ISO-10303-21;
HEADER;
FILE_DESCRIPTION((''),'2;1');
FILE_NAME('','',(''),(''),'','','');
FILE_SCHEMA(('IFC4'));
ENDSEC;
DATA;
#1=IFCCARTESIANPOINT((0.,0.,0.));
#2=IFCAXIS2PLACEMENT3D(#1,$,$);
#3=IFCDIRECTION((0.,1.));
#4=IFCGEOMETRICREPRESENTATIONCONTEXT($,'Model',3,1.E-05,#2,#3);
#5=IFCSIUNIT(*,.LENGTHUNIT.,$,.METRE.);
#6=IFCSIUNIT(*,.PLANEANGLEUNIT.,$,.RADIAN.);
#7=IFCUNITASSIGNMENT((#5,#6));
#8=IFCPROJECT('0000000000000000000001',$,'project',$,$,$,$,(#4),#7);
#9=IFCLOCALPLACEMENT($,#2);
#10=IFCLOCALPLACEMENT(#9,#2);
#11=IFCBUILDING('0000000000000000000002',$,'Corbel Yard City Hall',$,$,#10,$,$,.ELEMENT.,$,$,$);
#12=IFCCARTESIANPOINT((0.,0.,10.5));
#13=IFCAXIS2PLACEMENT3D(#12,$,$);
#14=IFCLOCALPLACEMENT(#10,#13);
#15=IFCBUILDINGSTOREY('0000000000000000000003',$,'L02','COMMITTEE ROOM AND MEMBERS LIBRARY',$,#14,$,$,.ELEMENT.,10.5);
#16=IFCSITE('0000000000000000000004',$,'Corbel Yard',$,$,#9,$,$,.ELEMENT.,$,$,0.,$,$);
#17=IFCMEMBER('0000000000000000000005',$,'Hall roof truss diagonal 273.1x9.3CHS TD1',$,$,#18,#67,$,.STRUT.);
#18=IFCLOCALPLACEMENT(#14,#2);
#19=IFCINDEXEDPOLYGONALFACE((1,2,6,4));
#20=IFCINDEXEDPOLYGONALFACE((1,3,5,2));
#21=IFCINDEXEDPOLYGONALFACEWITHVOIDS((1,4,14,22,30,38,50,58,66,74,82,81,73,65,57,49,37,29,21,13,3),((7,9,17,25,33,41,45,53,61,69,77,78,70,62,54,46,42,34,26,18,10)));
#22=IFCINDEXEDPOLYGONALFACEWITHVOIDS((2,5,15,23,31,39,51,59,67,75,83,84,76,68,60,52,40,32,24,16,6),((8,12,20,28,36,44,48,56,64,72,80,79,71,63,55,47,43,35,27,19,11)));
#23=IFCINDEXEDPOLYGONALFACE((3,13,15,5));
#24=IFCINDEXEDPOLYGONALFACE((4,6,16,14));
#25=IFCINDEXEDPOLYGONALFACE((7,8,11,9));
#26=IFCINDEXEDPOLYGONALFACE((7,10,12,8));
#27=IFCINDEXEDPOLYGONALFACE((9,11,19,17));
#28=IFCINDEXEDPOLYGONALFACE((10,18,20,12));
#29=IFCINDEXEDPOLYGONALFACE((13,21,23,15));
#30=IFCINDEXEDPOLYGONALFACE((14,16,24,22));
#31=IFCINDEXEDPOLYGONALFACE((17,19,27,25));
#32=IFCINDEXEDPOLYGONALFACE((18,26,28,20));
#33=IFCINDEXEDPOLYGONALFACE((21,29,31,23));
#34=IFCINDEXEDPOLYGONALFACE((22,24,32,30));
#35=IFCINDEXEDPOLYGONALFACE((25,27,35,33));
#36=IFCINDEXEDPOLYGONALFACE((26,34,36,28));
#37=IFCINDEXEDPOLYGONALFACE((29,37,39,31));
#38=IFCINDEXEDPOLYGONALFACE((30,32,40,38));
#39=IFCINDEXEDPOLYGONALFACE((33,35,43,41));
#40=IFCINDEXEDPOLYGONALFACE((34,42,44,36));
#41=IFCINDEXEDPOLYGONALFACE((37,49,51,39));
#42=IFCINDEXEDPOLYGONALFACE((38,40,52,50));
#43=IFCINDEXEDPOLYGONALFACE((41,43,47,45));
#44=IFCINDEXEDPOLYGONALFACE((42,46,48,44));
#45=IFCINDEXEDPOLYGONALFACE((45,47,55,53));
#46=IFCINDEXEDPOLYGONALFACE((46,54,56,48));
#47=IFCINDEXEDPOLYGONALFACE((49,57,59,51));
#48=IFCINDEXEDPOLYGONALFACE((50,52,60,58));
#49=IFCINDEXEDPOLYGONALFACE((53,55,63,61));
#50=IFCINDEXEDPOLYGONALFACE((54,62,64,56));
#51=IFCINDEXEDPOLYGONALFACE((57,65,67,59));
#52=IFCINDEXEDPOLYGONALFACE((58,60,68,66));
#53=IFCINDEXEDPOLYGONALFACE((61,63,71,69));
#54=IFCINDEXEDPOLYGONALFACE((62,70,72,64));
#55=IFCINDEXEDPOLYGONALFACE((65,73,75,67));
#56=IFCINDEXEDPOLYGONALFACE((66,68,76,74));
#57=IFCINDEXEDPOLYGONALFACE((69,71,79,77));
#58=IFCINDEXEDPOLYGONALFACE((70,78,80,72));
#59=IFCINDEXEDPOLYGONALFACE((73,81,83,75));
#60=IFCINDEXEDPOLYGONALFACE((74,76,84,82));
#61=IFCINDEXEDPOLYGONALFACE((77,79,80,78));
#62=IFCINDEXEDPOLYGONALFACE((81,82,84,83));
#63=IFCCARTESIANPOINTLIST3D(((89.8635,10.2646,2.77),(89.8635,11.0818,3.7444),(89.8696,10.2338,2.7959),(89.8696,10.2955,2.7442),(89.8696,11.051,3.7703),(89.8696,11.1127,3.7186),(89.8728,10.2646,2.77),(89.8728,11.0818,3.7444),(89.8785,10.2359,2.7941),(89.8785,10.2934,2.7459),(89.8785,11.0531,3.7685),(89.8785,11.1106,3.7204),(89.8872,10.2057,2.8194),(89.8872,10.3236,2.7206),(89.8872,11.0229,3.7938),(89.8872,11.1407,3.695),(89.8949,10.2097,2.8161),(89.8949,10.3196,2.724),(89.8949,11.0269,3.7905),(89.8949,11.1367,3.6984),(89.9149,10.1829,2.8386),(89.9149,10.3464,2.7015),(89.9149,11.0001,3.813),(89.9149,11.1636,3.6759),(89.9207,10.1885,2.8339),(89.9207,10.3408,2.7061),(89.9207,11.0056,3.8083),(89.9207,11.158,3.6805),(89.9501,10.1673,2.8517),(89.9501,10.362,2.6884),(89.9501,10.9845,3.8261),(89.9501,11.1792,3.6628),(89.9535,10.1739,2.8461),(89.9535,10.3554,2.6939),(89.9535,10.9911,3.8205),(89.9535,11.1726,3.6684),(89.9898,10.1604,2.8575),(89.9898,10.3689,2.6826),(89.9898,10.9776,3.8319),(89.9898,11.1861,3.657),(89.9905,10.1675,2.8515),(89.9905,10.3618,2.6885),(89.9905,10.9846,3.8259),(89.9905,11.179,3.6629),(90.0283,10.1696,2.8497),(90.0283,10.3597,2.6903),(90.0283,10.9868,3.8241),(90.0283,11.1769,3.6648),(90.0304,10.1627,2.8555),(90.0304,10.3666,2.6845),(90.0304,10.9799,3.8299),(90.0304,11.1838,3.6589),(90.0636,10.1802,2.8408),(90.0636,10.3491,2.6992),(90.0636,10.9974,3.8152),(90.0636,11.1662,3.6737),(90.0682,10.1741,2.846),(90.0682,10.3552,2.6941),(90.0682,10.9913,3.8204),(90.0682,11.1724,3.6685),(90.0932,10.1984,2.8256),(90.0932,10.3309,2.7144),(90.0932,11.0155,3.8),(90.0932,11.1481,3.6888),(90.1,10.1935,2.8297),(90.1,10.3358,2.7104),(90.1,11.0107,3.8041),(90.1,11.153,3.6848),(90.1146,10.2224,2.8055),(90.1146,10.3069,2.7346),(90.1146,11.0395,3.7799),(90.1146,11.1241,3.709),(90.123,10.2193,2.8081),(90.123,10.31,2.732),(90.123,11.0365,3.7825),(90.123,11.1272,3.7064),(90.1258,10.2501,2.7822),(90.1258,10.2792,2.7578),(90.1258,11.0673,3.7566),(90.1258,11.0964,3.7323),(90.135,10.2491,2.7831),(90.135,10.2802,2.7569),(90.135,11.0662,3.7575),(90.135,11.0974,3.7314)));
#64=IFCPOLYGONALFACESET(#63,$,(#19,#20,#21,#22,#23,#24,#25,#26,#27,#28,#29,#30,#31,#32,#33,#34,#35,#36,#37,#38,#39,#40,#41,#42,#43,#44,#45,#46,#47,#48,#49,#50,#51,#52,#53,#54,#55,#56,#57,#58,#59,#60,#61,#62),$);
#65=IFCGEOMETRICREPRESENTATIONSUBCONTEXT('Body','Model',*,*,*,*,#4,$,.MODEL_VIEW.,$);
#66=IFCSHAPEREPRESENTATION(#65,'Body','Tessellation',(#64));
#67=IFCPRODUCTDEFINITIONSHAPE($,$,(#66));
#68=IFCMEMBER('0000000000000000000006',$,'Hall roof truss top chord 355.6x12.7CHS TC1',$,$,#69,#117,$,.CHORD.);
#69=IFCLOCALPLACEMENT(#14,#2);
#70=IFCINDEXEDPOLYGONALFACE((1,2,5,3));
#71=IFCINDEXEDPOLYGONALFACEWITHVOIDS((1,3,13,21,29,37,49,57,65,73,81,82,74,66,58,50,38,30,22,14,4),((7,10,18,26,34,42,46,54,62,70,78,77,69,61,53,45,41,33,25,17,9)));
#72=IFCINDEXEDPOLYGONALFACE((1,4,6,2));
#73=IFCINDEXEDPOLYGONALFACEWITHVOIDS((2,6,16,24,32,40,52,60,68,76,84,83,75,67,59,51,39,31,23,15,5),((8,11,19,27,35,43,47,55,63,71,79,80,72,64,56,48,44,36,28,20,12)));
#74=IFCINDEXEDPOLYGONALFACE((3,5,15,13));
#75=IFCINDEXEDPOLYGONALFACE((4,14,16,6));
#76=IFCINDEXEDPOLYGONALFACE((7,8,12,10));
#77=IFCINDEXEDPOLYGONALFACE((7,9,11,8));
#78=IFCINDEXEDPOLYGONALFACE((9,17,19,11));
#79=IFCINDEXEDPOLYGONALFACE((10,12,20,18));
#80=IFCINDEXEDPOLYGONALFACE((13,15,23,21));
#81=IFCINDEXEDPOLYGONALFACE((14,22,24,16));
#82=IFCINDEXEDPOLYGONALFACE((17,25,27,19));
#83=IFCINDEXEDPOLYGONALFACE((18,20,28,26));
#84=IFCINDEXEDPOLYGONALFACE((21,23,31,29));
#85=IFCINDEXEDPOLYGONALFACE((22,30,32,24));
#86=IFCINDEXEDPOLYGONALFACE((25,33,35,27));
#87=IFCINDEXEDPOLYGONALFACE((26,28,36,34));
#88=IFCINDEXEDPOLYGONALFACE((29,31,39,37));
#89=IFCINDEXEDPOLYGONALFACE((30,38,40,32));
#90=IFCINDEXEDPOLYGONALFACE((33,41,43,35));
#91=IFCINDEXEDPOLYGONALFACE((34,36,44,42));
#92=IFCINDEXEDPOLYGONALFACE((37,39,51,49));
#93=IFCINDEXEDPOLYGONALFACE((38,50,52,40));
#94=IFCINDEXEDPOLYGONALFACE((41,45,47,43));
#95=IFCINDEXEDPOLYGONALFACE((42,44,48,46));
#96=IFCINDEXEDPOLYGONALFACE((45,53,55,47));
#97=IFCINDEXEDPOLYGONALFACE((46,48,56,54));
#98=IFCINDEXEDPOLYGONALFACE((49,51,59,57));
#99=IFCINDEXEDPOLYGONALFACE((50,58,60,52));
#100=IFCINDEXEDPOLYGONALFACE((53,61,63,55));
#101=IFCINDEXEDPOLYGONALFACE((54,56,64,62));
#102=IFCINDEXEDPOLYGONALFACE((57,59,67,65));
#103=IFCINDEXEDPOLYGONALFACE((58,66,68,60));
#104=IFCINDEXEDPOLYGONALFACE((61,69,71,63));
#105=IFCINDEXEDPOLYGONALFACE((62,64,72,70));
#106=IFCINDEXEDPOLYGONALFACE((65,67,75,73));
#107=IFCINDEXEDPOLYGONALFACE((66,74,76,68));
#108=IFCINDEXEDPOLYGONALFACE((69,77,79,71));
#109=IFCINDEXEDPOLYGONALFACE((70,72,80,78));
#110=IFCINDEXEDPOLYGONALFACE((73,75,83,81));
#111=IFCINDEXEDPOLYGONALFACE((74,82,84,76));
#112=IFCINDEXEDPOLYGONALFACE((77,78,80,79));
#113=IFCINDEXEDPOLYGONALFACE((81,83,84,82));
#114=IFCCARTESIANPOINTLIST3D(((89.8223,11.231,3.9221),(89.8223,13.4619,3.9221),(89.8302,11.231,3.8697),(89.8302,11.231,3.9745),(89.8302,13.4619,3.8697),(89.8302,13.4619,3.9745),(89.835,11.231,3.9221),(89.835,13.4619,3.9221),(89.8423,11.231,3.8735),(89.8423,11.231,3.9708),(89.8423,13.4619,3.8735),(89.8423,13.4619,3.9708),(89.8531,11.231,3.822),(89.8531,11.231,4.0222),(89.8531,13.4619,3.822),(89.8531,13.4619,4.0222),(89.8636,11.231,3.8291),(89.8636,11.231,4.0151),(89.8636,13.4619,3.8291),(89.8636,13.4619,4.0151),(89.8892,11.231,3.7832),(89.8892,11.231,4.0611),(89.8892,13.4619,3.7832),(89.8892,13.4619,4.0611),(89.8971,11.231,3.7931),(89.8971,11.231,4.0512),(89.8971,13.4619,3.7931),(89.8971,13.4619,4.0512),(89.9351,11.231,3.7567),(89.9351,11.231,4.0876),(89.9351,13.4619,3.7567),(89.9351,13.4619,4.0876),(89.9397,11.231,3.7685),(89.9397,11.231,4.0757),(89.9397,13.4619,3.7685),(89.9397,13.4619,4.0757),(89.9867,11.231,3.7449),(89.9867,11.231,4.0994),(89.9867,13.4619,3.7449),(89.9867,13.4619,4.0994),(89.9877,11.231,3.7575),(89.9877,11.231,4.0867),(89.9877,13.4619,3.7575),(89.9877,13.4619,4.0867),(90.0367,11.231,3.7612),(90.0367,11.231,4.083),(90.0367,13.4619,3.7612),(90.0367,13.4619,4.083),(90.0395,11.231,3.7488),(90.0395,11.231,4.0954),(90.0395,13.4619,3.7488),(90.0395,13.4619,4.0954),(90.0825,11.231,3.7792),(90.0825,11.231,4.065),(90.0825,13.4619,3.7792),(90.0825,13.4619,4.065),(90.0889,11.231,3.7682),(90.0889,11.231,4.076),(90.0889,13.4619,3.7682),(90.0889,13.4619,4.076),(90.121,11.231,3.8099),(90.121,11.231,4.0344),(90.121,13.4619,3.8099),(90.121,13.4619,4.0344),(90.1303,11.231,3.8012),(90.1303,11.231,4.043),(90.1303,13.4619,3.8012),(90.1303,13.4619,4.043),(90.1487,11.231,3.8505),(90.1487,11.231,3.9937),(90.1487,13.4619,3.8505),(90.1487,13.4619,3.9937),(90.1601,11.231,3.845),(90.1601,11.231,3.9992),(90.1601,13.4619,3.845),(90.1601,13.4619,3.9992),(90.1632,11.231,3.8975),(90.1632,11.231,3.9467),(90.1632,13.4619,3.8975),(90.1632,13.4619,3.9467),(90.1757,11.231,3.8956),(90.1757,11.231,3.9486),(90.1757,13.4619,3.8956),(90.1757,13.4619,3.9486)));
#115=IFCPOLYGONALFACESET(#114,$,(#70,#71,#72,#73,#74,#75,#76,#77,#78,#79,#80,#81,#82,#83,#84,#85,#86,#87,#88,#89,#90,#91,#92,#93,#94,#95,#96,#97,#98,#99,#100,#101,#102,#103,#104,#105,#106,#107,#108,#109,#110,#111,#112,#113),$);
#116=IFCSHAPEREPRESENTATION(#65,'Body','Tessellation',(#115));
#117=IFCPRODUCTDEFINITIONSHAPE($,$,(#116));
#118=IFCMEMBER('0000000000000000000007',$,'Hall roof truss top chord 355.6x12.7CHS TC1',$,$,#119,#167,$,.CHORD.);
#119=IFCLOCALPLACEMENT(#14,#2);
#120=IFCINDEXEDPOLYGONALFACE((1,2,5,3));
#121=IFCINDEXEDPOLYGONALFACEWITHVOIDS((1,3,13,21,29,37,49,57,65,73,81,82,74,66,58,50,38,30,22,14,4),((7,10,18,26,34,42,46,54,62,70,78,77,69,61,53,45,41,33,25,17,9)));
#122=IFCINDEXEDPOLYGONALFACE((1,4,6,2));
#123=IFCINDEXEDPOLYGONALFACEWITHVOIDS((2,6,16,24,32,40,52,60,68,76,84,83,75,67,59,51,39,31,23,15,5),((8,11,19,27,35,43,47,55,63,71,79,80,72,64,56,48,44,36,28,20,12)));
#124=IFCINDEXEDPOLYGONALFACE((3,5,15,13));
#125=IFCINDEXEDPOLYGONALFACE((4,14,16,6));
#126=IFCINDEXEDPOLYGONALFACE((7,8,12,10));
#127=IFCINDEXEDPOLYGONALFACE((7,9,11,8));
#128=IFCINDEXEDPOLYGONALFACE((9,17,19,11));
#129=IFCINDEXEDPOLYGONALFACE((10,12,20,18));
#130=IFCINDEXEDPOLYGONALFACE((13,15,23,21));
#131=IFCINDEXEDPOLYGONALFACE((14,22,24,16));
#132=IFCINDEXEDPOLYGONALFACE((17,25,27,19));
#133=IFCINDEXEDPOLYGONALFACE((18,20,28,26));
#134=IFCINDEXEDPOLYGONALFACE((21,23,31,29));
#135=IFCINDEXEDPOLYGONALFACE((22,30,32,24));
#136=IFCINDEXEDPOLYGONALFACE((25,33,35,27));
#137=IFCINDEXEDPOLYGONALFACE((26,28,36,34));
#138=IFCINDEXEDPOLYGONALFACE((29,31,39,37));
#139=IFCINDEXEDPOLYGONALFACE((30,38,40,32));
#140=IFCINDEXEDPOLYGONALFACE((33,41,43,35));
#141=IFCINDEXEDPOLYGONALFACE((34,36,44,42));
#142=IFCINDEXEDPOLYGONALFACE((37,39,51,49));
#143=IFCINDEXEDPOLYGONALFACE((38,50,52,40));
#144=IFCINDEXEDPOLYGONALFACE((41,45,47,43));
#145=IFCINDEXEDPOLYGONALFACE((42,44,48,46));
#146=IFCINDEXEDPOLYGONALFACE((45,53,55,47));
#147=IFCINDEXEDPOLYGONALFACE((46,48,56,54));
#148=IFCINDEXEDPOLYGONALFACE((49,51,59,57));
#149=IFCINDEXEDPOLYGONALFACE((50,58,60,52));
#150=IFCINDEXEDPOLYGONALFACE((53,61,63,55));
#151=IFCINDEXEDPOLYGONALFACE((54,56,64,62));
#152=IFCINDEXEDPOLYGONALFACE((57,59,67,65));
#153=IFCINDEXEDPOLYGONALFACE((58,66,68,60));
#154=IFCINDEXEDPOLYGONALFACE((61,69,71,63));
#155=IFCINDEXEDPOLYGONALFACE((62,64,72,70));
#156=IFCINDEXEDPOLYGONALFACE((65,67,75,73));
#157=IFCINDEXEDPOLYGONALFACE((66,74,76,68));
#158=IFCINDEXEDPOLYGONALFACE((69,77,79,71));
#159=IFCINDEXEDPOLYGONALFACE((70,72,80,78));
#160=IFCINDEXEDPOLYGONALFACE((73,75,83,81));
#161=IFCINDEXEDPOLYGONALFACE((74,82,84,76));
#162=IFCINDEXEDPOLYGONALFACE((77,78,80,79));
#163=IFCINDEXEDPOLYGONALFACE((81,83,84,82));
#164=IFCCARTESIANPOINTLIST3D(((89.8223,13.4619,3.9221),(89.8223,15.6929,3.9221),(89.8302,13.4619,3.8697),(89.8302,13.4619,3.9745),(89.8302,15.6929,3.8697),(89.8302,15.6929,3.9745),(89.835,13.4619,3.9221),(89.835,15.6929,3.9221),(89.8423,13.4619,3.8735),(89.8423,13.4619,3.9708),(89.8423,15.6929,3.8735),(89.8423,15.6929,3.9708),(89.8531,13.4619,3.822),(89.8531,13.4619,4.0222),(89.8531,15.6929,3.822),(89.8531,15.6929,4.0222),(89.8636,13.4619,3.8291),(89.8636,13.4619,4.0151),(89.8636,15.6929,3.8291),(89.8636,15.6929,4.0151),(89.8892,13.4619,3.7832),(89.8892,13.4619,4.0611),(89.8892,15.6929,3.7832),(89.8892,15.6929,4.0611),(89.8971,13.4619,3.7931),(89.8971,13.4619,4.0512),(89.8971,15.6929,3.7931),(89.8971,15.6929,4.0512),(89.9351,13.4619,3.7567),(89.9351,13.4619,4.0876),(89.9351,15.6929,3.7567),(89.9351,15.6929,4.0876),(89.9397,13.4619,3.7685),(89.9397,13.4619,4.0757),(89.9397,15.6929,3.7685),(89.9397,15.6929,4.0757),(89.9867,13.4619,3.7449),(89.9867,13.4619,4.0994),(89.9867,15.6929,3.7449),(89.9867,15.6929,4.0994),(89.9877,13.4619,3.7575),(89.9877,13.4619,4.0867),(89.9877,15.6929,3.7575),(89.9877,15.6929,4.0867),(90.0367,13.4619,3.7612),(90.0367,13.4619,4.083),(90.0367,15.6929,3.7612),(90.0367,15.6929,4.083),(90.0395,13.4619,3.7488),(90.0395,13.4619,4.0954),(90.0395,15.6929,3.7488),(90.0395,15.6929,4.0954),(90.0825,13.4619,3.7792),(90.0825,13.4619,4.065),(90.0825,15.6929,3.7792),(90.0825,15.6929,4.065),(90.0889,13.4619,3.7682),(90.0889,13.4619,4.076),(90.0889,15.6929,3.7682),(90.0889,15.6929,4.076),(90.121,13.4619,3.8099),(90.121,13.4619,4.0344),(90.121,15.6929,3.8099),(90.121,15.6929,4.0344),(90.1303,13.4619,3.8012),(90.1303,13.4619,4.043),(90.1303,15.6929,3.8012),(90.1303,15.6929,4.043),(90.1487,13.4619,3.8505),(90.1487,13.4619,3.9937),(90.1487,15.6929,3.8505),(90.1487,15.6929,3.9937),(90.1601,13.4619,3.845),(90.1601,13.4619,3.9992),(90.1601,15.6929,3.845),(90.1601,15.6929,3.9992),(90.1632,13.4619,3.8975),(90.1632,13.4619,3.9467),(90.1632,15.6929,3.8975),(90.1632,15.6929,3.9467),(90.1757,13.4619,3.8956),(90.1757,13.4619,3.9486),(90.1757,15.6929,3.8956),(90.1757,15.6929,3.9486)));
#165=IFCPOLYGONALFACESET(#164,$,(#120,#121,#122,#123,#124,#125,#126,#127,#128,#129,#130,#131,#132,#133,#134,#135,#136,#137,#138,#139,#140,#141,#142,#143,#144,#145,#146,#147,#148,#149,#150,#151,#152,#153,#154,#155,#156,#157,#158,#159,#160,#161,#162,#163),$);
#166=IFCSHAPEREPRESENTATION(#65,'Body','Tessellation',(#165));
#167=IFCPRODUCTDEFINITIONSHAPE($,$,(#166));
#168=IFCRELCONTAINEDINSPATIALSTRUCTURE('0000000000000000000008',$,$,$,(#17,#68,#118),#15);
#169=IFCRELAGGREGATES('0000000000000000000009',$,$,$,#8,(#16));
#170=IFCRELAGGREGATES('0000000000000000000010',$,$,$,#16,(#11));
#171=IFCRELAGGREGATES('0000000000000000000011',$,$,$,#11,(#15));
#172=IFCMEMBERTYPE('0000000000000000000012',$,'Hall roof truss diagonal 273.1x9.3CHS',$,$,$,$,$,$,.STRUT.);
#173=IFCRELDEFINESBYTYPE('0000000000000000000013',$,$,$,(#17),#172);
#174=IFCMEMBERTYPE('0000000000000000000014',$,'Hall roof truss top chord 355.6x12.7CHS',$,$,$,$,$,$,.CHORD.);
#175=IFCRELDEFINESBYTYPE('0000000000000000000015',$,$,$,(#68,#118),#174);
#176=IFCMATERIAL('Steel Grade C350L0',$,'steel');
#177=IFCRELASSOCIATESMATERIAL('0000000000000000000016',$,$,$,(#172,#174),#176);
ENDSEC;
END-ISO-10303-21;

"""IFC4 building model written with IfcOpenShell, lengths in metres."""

from ifc_helpers import new_model, si_unit, direction, frame, origin, origin_2d, place, context, subcontext, project, spatial, hollow_circle, extrude, material, material_profile, profile_set, type_object, element, save


model = new_model("IFC4")

# Units and contexts
model_context = context("Model", 3, precision=1e-05, world=origin(), true_north=direction((0.0, 1.0)))
body_context = subcontext(model_context, "Body", "Model", "MODEL_VIEW")
ifc_project = project(units=[si_unit("LENGTHUNIT", "METRE"), si_unit("PLANEANGLEUNIT", "RADIAN")], contexts=[model_context])

# Site, building, storey
site_placement = place(None, origin())
site = spatial("IfcSite", under=ifc_project, at=site_placement, Name="Corbel Yard", CompositionType="ELEMENT", RefElevation=0.0)
building_placement = place(site_placement, origin())
building = spatial("IfcBuilding", under=site, at=building_placement, Name="Corbel Yard City Hall", CompositionType="ELEMENT")
storey_placement = place(building_placement, frame((0.0, 0.0, 10.5)))
storey = spatial("IfcBuildingStorey", under=building, at=storey_placement, Name="L02", Description="COMMITTEE ROOM AND MEMBERS LIBRARY", CompositionType="ELEMENT", Elevation=10.5)

# Members
ifc_material_1 = material(Name="Steel Grade C350L0", Category="steel")
ifc_material_profile_1 = material_profile(ifc_material_1, hollow_circle(Radius=0.1365, WallThickness=0.0093, at=origin_2d()), Name="273.1x9.3CHS")
ifc_profile_set_1 = profile_set([ifc_material_profile_1], Name="Steel Grade C350L0")
member_type_1 = type_object("IfcMemberType", Name="Hall roof truss diagonal 273.1x9.3CHS", PredefinedType="STRUT", material=ifc_profile_set_1)
member_1_placement = place(storey_placement, frame((90.0, 10.2646, 2.77), z_axis=(0.0, 0.64258, 0.766219), x_axis=(-1.0, 0.0, 0.0)))
element("IfcMember", 1, at=member_1_placement, inside=storey, type_object=member_type_1, Name="Hall roof truss diagonal 273.1x9.3CHS TD1", PredefinedType="STRUT", context=body_context, shape_type="SweptSolid", body=[
    extrude(hollow_circle(Radius=0.1365, WallThickness=0.0093, at=origin_2d()), origin(), (0.0, 0.0, 1.0), 1.2717),
])
ifc_material_profile_2 = material_profile(ifc_material_1, hollow_circle(Radius=0.1777, WallThickness=0.0127, at=origin_2d()), Name="355.6x12.7CHS")
ifc_profile_set_2 = profile_set([ifc_material_profile_2], Name="Steel Grade C350L0")
member_type_2 = type_object("IfcMemberType", Name="Hall roof truss top chord 355.6x12.7CHS", PredefinedType="CHORD", material=ifc_profile_set_2)
for number, where, z_axis, x_axis, name in (
    (2, (90.0, 11.231, 3.9221), (0.0, 1.0, 0.0), (-1.0, 0.0, 0.0), "Hall roof truss top chord 355.6x12.7CHS TC1"),
    (3, (90.0, 13.4619, 3.9221), (0.0, 1.0, 0.0), (-1.0, 0.0, 0.0), "Hall roof truss top chord 355.6x12.7CHS TC1"),
):
    element("IfcMember", number, at=place(storey_placement, frame(where, z_axis=z_axis, x_axis=x_axis)), inside=storey, type_object=member_type_2, Name=name, PredefinedType="CHORD", context=body_context, shape_type="SweptSolid", body=[
        extrude(hollow_circle(Radius=0.1777, WallThickness=0.0127, at=origin_2d()), origin(), (0.0, 0.0, 1.0), 2.231),
    ])

save(model, "model.ifc")
